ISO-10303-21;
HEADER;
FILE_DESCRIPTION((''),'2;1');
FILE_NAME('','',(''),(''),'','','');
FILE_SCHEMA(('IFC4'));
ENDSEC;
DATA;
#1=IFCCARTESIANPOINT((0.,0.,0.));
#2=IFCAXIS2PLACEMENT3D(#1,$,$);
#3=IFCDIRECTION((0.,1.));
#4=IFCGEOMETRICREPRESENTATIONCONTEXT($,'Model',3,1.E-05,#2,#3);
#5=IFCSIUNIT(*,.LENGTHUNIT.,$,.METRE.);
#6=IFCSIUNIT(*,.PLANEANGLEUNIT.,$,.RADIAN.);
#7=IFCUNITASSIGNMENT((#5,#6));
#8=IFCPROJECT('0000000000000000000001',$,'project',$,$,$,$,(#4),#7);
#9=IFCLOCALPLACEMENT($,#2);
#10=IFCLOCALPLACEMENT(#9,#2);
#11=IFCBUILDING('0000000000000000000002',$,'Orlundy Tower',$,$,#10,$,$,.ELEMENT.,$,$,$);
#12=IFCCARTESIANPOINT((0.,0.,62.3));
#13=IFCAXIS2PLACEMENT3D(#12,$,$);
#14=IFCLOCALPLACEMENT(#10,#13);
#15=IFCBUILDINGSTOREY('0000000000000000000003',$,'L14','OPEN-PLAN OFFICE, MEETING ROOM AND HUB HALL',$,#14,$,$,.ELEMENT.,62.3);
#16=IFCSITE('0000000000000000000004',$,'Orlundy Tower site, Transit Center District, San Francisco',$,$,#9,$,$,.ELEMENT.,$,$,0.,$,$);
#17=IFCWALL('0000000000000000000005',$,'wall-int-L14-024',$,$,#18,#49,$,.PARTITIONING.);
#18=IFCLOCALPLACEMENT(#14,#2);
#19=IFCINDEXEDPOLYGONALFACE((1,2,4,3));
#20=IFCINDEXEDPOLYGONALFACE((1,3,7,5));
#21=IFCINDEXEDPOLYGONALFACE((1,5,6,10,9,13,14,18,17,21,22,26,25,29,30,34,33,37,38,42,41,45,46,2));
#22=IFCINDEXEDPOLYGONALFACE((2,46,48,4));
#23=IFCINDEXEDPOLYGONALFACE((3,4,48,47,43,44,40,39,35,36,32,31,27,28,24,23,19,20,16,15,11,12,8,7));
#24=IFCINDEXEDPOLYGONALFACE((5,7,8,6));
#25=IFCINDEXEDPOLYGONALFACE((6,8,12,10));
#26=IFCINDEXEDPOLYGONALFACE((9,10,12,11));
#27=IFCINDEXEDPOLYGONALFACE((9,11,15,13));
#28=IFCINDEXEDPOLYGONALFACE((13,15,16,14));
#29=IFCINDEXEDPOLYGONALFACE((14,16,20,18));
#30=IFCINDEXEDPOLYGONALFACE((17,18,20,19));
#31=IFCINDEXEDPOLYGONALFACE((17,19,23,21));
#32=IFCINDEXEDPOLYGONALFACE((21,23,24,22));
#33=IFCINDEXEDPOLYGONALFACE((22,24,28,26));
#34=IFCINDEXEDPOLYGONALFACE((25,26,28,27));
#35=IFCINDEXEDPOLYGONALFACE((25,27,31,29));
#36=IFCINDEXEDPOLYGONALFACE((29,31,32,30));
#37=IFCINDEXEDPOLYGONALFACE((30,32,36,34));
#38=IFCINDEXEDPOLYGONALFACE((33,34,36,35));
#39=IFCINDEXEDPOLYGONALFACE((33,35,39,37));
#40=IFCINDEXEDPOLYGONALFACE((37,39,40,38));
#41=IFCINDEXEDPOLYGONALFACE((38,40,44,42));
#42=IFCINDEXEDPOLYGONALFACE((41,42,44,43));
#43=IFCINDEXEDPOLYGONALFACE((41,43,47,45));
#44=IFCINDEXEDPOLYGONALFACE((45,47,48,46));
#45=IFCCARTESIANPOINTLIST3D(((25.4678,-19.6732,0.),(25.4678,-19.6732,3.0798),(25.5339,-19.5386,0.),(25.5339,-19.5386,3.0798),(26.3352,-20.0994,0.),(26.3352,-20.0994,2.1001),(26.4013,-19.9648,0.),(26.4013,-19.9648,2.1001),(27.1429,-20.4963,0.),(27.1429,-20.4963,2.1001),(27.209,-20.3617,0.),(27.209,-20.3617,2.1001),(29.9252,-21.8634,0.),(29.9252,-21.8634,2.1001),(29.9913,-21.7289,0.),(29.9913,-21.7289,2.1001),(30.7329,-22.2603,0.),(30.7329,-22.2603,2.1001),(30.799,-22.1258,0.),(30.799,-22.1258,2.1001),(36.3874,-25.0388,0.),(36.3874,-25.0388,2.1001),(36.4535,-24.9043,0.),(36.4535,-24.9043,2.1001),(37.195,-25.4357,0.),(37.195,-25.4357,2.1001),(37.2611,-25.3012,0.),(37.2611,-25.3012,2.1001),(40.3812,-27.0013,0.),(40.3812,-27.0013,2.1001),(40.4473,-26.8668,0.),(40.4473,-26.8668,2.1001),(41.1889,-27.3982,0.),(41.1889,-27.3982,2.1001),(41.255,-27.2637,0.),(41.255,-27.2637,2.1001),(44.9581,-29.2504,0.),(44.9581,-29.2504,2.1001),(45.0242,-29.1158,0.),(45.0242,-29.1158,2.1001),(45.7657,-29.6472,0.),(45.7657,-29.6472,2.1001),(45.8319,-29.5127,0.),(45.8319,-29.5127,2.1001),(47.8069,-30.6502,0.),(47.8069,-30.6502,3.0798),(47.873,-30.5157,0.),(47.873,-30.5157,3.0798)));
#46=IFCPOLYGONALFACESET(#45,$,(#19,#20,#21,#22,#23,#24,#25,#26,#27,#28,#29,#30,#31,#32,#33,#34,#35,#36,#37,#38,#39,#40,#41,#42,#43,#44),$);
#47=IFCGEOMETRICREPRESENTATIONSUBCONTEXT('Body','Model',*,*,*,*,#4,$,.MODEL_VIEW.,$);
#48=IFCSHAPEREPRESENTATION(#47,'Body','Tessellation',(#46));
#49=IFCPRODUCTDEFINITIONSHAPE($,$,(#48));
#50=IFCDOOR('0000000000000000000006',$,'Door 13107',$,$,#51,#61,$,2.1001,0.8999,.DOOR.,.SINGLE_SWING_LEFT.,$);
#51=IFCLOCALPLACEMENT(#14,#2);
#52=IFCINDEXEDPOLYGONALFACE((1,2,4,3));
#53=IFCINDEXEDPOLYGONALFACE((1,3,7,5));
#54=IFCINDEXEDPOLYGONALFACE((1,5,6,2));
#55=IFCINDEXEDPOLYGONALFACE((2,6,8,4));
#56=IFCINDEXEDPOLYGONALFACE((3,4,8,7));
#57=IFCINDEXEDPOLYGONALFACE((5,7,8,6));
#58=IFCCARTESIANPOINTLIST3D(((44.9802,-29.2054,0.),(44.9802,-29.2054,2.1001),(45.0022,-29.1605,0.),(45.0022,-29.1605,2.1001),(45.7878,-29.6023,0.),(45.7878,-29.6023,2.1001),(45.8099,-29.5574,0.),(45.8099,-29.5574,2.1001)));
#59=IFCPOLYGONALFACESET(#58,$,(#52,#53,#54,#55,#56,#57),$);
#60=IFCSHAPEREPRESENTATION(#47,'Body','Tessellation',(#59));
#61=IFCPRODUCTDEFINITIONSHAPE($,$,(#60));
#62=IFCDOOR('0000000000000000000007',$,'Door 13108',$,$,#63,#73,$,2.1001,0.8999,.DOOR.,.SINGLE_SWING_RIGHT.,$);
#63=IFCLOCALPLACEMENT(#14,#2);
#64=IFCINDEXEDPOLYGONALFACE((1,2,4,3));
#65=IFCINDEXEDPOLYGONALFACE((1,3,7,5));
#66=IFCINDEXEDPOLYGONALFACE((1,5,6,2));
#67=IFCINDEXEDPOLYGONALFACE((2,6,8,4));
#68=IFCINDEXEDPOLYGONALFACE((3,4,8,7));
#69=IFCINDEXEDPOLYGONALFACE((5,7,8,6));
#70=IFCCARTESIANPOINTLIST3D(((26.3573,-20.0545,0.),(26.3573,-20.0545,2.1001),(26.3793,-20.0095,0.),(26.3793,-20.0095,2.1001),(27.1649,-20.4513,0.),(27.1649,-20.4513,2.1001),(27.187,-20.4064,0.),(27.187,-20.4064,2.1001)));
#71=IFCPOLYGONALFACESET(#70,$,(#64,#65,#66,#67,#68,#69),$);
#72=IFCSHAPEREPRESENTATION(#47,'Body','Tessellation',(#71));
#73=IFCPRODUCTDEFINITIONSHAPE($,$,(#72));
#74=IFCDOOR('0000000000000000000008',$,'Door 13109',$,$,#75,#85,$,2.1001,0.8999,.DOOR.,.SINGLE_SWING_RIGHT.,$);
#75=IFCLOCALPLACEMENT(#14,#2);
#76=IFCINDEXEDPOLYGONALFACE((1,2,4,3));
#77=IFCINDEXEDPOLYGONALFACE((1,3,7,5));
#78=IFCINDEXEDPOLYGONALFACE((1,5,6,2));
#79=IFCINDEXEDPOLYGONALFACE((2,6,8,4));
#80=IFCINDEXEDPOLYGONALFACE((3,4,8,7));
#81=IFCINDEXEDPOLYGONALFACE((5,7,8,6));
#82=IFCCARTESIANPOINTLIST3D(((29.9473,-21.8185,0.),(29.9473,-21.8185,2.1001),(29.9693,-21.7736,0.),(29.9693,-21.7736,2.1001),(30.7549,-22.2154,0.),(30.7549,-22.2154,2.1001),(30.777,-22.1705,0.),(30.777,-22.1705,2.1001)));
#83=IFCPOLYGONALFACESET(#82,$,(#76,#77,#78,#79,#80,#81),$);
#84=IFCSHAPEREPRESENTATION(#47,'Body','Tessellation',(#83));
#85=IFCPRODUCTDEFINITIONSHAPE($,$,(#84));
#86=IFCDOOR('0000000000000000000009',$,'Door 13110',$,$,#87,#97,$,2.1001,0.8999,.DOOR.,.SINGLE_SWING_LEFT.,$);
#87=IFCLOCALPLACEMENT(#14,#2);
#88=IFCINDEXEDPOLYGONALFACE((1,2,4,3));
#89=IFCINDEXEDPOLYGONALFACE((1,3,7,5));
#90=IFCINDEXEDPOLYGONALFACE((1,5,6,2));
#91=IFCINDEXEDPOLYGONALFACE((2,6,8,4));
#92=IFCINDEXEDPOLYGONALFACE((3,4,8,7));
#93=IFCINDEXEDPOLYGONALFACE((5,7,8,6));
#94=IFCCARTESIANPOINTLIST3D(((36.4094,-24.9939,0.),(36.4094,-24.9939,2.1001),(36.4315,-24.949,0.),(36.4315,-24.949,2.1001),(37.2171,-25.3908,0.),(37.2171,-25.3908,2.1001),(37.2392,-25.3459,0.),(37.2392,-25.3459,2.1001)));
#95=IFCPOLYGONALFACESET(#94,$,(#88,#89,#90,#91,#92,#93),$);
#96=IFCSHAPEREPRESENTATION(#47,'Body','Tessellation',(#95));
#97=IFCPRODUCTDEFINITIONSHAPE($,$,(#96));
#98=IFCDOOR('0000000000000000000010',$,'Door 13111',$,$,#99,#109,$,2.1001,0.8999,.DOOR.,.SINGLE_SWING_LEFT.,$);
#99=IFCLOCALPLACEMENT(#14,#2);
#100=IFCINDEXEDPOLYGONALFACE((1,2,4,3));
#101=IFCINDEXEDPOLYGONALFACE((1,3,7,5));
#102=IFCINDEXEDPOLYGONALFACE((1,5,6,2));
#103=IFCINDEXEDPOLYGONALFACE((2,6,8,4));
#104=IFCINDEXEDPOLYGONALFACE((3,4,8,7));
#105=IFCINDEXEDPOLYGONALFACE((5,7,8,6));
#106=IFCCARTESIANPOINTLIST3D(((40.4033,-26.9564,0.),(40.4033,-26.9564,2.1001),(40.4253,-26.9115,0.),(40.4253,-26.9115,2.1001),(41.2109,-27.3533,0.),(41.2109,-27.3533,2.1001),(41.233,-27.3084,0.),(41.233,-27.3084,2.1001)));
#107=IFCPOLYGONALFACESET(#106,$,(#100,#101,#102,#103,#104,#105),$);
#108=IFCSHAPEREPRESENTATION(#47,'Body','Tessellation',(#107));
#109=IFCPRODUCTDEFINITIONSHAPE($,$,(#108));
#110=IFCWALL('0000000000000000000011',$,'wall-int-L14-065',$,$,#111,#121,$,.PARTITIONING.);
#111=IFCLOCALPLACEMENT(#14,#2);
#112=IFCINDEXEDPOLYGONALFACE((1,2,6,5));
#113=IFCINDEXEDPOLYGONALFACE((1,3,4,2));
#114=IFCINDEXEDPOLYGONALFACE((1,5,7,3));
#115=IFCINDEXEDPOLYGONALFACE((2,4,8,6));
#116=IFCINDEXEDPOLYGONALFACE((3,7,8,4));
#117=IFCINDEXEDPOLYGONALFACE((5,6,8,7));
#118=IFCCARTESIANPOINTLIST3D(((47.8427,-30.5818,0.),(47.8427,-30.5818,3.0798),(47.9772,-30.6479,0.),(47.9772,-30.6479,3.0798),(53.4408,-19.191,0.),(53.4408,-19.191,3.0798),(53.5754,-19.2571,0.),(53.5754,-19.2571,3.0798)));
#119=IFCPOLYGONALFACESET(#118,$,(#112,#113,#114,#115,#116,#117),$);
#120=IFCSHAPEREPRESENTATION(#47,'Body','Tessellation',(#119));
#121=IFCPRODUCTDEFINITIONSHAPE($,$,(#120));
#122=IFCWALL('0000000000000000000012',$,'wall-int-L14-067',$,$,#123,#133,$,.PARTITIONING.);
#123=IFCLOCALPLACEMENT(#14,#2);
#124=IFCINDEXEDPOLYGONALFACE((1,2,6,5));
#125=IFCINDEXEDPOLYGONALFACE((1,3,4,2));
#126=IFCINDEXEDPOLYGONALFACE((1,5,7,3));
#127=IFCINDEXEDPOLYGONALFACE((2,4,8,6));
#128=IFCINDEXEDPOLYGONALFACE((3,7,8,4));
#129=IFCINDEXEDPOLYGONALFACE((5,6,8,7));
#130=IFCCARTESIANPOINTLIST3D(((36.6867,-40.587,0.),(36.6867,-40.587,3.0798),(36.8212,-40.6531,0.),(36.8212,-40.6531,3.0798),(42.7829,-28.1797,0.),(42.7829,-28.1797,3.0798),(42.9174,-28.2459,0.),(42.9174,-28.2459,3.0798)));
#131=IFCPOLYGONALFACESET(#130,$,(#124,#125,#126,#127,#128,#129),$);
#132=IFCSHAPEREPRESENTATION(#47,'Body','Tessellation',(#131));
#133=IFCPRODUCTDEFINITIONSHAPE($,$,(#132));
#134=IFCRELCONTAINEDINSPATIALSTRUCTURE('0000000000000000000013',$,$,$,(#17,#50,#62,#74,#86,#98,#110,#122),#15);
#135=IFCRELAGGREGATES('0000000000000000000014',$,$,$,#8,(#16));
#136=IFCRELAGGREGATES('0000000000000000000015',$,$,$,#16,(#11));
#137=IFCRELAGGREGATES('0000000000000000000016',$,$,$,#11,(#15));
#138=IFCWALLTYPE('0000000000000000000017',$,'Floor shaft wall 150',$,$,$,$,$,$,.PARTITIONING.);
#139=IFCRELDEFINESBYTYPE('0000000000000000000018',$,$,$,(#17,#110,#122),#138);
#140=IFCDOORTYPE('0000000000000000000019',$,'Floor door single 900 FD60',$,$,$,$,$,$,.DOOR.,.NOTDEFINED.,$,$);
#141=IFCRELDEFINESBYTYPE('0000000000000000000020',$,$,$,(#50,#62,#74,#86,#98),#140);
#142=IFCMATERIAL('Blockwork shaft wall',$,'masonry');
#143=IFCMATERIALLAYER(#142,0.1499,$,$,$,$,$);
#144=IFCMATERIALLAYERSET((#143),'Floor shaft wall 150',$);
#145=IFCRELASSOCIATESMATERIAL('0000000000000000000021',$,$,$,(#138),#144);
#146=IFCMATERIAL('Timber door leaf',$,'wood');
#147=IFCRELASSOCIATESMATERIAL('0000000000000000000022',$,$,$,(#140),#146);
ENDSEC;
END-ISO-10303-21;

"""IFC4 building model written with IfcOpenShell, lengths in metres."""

from ifc_helpers import new_model, si_unit, direction, frame, frame_2d, origin, place, context, subcontext, project, spatial, rectangle, extrude, material, layer, layer_set, type_object, element, fill, save


model = new_model("IFC4")

# Units and contexts
model_context = context("Model", 3, precision=1e-05, world=origin(), true_north=direction((0.0, 1.0)))
body_context = subcontext(model_context, "Body", "Model", "MODEL_VIEW")
ifc_project = project(units=[si_unit("LENGTHUNIT", "METRE"), si_unit("PLANEANGLEUNIT", "RADIAN")], contexts=[model_context])

# Site, building, storey
site_placement = place(None, origin())
site = spatial("IfcSite", under=ifc_project, at=site_placement, Name="Orlundy Tower site, Transit Center District, San Francisco", CompositionType="ELEMENT", RefElevation=0.0)
building_placement = place(site_placement, origin())
building = spatial("IfcBuilding", under=site, at=building_placement, Name="Orlundy Tower", CompositionType="ELEMENT")
storey_placement = place(building_placement, frame((0.0, 0.0, 62.3)))
storey = spatial("IfcBuildingStorey", under=building, at=storey_placement, Name="L14", Description="OPEN-PLAN OFFICE, MEETING ROOM AND HUB HALL", CompositionType="ELEMENT", Elevation=62.3)

# Wall, openings, doors
ifc_material_1 = material(Name="Blockwork shaft wall", Category="masonry")
ifc_layer_1 = layer(ifc_material_1, 0.1499)
ifc_layer_set_1 = layer_set([ifc_layer_1], Name="Floor shaft wall 150")
wall_type_1 = type_object("IfcWallType", Name="Floor shaft wall 150", PredefinedType="PARTITIONING", material=ifc_layer_set_1)
wall_1_placement = place(storey_placement, frame((47.8401, -30.583, 0.0), z_axis=(0.0, 0.0, 1.0), x_axis=(-0.897499, 0.441016, 0.0)))
wall_1 = element("IfcWall", 1, at=wall_1_placement, inside=storey, type_object=wall_type_1, Name="wall-int-L14-024", PredefinedType="PARTITIONING", context=body_context, shape_type="SweptSolid", body=[
    extrude(rectangle(XDim=24.8904, YDim=0.1499, at=frame_2d((12.4453, 0.0))), origin(), (0.0, 0.0, 1.0), 3.0798),
])
opening_1_placement = place(wall_1_placement, frame((2.2744, 0.0, 0.0)))
opening_1 = element("IfcOpeningElement", 2, at=opening_1_placement, cuts=wall_1, PredefinedType="OPENING", context=body_context, shape_type="SweptSolid", body=[
    extrude(rectangle(XDim=0.8999, YDim=2.1001, at=frame_2d((0.45, 1.05))), frame((0.0, 0.085, 0.0), z_axis=(0.0, -1.0, 0.0), x_axis=(1.0, 0.0, 0.0)), (0.0, 0.0, 1.0), 0.1699),
])
opening_2_placement = place(wall_1_placement, frame((23.0242, 0.0, 0.0)))
opening_2 = element("IfcOpeningElement", 3, at=opening_2_placement, cuts=wall_1, PredefinedType="OPENING", context=body_context, shape_type="SweptSolid", body=[
    extrude(rectangle(XDim=0.8999, YDim=2.1001, at=frame_2d((0.45, 1.05))), frame((0.0, 0.085, 0.0), z_axis=(0.0, -1.0, 0.0), x_axis=(1.0, 0.0, 0.0)), (0.0, 0.0, 1.0), 0.1699),
])
opening_3_placement = place(wall_1_placement, frame((19.0242, 0.0, 0.0)))
opening_3 = element("IfcOpeningElement", 4, at=opening_3_placement, cuts=wall_1, PredefinedType="OPENING", context=body_context, shape_type="SweptSolid", body=[
    extrude(rectangle(XDim=0.8999, YDim=2.1001, at=frame_2d((0.45, 1.05))), frame((0.0, 0.085, 0.0), z_axis=(0.0, -1.0, 0.0), x_axis=(1.0, 0.0, 0.0)), (0.0, 0.0, 1.0), 0.1699),
])
opening_4_placement = place(wall_1_placement, frame((11.824, 0.0, 0.0)))
opening_4 = element("IfcOpeningElement", 5, at=opening_4_placement, cuts=wall_1, PredefinedType="OPENING", context=body_context, shape_type="SweptSolid", body=[
    extrude(rectangle(XDim=0.8999, YDim=2.1001, at=frame_2d((0.45, 1.05))), frame((0.0, 0.085, 0.0), z_axis=(0.0, -1.0, 0.0), x_axis=(1.0, 0.0, 0.0)), (0.0, 0.0, 1.0), 0.1699),
])
opening_5_placement = place(wall_1_placement, frame((7.374, 0.0, 0.0)))
opening_5 = element("IfcOpeningElement", 6, at=opening_5_placement, cuts=wall_1, PredefinedType="OPENING", context=body_context, shape_type="SweptSolid", body=[
    extrude(rectangle(XDim=0.8999, YDim=2.1001, at=frame_2d((0.45, 1.05))), frame((0.0, 0.085, 0.0), z_axis=(0.0, -1.0, 0.0), x_axis=(1.0, 0.0, 0.0)), (0.0, 0.0, 1.0), 0.1699),
])
ifc_material_2 = material(Name="Timber door leaf", Category="wood")
door_type = type_object("IfcDoorType", Name="Floor door single 900 FD60", OperationType="NOTDEFINED", PredefinedType="DOOR", material=ifc_material_2)
door_1_placement = place(opening_1_placement, origin())
door_1 = element("IfcDoor", 7, at=door_1_placement, inside=storey, type_object=door_type, Name="Door 13107", OperationType="SINGLE_SWING_LEFT", OverallHeight=2.1001, OverallWidth=0.8999, PredefinedType="DOOR", context=body_context, shape_type="SweptSolid", body=[
    extrude(rectangle(XDim=0.8999, YDim=2.1001, at=frame_2d((0.45, 1.05))), frame((0.0, 0.0249, 0.0), z_axis=(0.0, -1.0, 0.0), x_axis=(1.0, 0.0, 0.0)), (0.0, 0.0, 1.0), 0.05),
])
fill(opening_1, door_1)
door_2_placement = place(opening_2_placement, origin())
door_2 = element("IfcDoor", 8, at=door_2_placement, inside=storey, type_object=door_type, Name="Door 13108", OperationType="SINGLE_SWING_RIGHT", OverallHeight=2.1001, OverallWidth=0.8999, PredefinedType="DOOR", context=body_context, shape_type="SweptSolid", body=[
    extrude(rectangle(XDim=0.8999, YDim=2.1001, at=frame_2d((0.45, 1.05))), frame((0.0, 0.0249, 0.0), z_axis=(0.0, -1.0, 0.0), x_axis=(1.0, 0.0, 0.0)), (0.0, 0.0, 1.0), 0.05),
])
fill(opening_2, door_2)
door_3_placement = place(opening_3_placement, origin())
door_3 = element("IfcDoor", 9, at=door_3_placement, inside=storey, type_object=door_type, Name="Door 13109", OperationType="SINGLE_SWING_RIGHT", OverallHeight=2.1001, OverallWidth=0.8999, PredefinedType="DOOR", context=body_context, shape_type="SweptSolid", body=[
    extrude(rectangle(XDim=0.8999, YDim=2.1001, at=frame_2d((0.45, 1.05))), frame((0.0, 0.0249, 0.0), z_axis=(0.0, -1.0, 0.0), x_axis=(1.0, 0.0, 0.0)), (0.0, 0.0, 1.0), 0.05),
])
fill(opening_3, door_3)
door_4_placement = place(opening_4_placement, origin())
door_4 = element("IfcDoor", 10, at=door_4_placement, inside=storey, type_object=door_type, Name="Door 13110", OperationType="SINGLE_SWING_LEFT", OverallHeight=2.1001, OverallWidth=0.8999, PredefinedType="DOOR", context=body_context, shape_type="SweptSolid", body=[
    extrude(rectangle(XDim=0.8999, YDim=2.1001, at=frame_2d((0.45, 1.05))), frame((0.0, 0.0249, 0.0), z_axis=(0.0, -1.0, 0.0), x_axis=(1.0, 0.0, 0.0)), (0.0, 0.0, 1.0), 0.05),
])
fill(opening_4, door_4)
door_5_placement = place(opening_5_placement, origin())
door_5 = element("IfcDoor", 11, at=door_5_placement, inside=storey, type_object=door_type, Name="Door 13111", OperationType="SINGLE_SWING_LEFT", OverallHeight=2.1001, OverallWidth=0.8999, PredefinedType="DOOR", context=body_context, shape_type="SweptSolid", body=[
    extrude(rectangle(XDim=0.8999, YDim=2.1001, at=frame_2d((0.45, 1.05))), frame((0.0, 0.0249, 0.0), z_axis=(0.0, -1.0, 0.0), x_axis=(1.0, 0.0, 0.0)), (0.0, 0.0, 1.0), 0.05),
])
fill(opening_5, door_5)

# Walls
wall_2_placement = place(storey_placement, frame((47.9099, -30.615, 0.0), z_axis=(0.0, 0.0, 1.0), x_axis=(0.441071, 0.897472, 0.0)))
element("IfcWall", 12, at=wall_2_placement, inside=storey, type_object=wall_type_1, Name="wall-int-L14-065", PredefinedType="PARTITIONING", context=body_context, shape_type="SweptSolid", body=[
    extrude(rectangle(XDim=12.6921, YDim=0.1499, at=frame_2d((6.3462, 0.0))), origin(), (0.0, 0.0, 1.0), 3.0798),
])
wall_3_placement = place(storey_placement, frame((36.7539, -40.6201, 0.0), z_axis=(0.0, 0.0, 1.0), x_axis=(0.440986, 0.897514, 0.0)))
element("IfcWall", 13, at=wall_3_placement, inside=storey, type_object=wall_type_1, Name="wall-int-L14-067", PredefinedType="PARTITIONING", context=body_context, shape_type="SweptSolid", body=[
    extrude(rectangle(XDim=13.824, YDim=0.1499, at=frame_2d((6.9121, 0.0))), origin(), (0.0, 0.0, 1.0), 3.0798),
])

save(model, "model.ifc")
